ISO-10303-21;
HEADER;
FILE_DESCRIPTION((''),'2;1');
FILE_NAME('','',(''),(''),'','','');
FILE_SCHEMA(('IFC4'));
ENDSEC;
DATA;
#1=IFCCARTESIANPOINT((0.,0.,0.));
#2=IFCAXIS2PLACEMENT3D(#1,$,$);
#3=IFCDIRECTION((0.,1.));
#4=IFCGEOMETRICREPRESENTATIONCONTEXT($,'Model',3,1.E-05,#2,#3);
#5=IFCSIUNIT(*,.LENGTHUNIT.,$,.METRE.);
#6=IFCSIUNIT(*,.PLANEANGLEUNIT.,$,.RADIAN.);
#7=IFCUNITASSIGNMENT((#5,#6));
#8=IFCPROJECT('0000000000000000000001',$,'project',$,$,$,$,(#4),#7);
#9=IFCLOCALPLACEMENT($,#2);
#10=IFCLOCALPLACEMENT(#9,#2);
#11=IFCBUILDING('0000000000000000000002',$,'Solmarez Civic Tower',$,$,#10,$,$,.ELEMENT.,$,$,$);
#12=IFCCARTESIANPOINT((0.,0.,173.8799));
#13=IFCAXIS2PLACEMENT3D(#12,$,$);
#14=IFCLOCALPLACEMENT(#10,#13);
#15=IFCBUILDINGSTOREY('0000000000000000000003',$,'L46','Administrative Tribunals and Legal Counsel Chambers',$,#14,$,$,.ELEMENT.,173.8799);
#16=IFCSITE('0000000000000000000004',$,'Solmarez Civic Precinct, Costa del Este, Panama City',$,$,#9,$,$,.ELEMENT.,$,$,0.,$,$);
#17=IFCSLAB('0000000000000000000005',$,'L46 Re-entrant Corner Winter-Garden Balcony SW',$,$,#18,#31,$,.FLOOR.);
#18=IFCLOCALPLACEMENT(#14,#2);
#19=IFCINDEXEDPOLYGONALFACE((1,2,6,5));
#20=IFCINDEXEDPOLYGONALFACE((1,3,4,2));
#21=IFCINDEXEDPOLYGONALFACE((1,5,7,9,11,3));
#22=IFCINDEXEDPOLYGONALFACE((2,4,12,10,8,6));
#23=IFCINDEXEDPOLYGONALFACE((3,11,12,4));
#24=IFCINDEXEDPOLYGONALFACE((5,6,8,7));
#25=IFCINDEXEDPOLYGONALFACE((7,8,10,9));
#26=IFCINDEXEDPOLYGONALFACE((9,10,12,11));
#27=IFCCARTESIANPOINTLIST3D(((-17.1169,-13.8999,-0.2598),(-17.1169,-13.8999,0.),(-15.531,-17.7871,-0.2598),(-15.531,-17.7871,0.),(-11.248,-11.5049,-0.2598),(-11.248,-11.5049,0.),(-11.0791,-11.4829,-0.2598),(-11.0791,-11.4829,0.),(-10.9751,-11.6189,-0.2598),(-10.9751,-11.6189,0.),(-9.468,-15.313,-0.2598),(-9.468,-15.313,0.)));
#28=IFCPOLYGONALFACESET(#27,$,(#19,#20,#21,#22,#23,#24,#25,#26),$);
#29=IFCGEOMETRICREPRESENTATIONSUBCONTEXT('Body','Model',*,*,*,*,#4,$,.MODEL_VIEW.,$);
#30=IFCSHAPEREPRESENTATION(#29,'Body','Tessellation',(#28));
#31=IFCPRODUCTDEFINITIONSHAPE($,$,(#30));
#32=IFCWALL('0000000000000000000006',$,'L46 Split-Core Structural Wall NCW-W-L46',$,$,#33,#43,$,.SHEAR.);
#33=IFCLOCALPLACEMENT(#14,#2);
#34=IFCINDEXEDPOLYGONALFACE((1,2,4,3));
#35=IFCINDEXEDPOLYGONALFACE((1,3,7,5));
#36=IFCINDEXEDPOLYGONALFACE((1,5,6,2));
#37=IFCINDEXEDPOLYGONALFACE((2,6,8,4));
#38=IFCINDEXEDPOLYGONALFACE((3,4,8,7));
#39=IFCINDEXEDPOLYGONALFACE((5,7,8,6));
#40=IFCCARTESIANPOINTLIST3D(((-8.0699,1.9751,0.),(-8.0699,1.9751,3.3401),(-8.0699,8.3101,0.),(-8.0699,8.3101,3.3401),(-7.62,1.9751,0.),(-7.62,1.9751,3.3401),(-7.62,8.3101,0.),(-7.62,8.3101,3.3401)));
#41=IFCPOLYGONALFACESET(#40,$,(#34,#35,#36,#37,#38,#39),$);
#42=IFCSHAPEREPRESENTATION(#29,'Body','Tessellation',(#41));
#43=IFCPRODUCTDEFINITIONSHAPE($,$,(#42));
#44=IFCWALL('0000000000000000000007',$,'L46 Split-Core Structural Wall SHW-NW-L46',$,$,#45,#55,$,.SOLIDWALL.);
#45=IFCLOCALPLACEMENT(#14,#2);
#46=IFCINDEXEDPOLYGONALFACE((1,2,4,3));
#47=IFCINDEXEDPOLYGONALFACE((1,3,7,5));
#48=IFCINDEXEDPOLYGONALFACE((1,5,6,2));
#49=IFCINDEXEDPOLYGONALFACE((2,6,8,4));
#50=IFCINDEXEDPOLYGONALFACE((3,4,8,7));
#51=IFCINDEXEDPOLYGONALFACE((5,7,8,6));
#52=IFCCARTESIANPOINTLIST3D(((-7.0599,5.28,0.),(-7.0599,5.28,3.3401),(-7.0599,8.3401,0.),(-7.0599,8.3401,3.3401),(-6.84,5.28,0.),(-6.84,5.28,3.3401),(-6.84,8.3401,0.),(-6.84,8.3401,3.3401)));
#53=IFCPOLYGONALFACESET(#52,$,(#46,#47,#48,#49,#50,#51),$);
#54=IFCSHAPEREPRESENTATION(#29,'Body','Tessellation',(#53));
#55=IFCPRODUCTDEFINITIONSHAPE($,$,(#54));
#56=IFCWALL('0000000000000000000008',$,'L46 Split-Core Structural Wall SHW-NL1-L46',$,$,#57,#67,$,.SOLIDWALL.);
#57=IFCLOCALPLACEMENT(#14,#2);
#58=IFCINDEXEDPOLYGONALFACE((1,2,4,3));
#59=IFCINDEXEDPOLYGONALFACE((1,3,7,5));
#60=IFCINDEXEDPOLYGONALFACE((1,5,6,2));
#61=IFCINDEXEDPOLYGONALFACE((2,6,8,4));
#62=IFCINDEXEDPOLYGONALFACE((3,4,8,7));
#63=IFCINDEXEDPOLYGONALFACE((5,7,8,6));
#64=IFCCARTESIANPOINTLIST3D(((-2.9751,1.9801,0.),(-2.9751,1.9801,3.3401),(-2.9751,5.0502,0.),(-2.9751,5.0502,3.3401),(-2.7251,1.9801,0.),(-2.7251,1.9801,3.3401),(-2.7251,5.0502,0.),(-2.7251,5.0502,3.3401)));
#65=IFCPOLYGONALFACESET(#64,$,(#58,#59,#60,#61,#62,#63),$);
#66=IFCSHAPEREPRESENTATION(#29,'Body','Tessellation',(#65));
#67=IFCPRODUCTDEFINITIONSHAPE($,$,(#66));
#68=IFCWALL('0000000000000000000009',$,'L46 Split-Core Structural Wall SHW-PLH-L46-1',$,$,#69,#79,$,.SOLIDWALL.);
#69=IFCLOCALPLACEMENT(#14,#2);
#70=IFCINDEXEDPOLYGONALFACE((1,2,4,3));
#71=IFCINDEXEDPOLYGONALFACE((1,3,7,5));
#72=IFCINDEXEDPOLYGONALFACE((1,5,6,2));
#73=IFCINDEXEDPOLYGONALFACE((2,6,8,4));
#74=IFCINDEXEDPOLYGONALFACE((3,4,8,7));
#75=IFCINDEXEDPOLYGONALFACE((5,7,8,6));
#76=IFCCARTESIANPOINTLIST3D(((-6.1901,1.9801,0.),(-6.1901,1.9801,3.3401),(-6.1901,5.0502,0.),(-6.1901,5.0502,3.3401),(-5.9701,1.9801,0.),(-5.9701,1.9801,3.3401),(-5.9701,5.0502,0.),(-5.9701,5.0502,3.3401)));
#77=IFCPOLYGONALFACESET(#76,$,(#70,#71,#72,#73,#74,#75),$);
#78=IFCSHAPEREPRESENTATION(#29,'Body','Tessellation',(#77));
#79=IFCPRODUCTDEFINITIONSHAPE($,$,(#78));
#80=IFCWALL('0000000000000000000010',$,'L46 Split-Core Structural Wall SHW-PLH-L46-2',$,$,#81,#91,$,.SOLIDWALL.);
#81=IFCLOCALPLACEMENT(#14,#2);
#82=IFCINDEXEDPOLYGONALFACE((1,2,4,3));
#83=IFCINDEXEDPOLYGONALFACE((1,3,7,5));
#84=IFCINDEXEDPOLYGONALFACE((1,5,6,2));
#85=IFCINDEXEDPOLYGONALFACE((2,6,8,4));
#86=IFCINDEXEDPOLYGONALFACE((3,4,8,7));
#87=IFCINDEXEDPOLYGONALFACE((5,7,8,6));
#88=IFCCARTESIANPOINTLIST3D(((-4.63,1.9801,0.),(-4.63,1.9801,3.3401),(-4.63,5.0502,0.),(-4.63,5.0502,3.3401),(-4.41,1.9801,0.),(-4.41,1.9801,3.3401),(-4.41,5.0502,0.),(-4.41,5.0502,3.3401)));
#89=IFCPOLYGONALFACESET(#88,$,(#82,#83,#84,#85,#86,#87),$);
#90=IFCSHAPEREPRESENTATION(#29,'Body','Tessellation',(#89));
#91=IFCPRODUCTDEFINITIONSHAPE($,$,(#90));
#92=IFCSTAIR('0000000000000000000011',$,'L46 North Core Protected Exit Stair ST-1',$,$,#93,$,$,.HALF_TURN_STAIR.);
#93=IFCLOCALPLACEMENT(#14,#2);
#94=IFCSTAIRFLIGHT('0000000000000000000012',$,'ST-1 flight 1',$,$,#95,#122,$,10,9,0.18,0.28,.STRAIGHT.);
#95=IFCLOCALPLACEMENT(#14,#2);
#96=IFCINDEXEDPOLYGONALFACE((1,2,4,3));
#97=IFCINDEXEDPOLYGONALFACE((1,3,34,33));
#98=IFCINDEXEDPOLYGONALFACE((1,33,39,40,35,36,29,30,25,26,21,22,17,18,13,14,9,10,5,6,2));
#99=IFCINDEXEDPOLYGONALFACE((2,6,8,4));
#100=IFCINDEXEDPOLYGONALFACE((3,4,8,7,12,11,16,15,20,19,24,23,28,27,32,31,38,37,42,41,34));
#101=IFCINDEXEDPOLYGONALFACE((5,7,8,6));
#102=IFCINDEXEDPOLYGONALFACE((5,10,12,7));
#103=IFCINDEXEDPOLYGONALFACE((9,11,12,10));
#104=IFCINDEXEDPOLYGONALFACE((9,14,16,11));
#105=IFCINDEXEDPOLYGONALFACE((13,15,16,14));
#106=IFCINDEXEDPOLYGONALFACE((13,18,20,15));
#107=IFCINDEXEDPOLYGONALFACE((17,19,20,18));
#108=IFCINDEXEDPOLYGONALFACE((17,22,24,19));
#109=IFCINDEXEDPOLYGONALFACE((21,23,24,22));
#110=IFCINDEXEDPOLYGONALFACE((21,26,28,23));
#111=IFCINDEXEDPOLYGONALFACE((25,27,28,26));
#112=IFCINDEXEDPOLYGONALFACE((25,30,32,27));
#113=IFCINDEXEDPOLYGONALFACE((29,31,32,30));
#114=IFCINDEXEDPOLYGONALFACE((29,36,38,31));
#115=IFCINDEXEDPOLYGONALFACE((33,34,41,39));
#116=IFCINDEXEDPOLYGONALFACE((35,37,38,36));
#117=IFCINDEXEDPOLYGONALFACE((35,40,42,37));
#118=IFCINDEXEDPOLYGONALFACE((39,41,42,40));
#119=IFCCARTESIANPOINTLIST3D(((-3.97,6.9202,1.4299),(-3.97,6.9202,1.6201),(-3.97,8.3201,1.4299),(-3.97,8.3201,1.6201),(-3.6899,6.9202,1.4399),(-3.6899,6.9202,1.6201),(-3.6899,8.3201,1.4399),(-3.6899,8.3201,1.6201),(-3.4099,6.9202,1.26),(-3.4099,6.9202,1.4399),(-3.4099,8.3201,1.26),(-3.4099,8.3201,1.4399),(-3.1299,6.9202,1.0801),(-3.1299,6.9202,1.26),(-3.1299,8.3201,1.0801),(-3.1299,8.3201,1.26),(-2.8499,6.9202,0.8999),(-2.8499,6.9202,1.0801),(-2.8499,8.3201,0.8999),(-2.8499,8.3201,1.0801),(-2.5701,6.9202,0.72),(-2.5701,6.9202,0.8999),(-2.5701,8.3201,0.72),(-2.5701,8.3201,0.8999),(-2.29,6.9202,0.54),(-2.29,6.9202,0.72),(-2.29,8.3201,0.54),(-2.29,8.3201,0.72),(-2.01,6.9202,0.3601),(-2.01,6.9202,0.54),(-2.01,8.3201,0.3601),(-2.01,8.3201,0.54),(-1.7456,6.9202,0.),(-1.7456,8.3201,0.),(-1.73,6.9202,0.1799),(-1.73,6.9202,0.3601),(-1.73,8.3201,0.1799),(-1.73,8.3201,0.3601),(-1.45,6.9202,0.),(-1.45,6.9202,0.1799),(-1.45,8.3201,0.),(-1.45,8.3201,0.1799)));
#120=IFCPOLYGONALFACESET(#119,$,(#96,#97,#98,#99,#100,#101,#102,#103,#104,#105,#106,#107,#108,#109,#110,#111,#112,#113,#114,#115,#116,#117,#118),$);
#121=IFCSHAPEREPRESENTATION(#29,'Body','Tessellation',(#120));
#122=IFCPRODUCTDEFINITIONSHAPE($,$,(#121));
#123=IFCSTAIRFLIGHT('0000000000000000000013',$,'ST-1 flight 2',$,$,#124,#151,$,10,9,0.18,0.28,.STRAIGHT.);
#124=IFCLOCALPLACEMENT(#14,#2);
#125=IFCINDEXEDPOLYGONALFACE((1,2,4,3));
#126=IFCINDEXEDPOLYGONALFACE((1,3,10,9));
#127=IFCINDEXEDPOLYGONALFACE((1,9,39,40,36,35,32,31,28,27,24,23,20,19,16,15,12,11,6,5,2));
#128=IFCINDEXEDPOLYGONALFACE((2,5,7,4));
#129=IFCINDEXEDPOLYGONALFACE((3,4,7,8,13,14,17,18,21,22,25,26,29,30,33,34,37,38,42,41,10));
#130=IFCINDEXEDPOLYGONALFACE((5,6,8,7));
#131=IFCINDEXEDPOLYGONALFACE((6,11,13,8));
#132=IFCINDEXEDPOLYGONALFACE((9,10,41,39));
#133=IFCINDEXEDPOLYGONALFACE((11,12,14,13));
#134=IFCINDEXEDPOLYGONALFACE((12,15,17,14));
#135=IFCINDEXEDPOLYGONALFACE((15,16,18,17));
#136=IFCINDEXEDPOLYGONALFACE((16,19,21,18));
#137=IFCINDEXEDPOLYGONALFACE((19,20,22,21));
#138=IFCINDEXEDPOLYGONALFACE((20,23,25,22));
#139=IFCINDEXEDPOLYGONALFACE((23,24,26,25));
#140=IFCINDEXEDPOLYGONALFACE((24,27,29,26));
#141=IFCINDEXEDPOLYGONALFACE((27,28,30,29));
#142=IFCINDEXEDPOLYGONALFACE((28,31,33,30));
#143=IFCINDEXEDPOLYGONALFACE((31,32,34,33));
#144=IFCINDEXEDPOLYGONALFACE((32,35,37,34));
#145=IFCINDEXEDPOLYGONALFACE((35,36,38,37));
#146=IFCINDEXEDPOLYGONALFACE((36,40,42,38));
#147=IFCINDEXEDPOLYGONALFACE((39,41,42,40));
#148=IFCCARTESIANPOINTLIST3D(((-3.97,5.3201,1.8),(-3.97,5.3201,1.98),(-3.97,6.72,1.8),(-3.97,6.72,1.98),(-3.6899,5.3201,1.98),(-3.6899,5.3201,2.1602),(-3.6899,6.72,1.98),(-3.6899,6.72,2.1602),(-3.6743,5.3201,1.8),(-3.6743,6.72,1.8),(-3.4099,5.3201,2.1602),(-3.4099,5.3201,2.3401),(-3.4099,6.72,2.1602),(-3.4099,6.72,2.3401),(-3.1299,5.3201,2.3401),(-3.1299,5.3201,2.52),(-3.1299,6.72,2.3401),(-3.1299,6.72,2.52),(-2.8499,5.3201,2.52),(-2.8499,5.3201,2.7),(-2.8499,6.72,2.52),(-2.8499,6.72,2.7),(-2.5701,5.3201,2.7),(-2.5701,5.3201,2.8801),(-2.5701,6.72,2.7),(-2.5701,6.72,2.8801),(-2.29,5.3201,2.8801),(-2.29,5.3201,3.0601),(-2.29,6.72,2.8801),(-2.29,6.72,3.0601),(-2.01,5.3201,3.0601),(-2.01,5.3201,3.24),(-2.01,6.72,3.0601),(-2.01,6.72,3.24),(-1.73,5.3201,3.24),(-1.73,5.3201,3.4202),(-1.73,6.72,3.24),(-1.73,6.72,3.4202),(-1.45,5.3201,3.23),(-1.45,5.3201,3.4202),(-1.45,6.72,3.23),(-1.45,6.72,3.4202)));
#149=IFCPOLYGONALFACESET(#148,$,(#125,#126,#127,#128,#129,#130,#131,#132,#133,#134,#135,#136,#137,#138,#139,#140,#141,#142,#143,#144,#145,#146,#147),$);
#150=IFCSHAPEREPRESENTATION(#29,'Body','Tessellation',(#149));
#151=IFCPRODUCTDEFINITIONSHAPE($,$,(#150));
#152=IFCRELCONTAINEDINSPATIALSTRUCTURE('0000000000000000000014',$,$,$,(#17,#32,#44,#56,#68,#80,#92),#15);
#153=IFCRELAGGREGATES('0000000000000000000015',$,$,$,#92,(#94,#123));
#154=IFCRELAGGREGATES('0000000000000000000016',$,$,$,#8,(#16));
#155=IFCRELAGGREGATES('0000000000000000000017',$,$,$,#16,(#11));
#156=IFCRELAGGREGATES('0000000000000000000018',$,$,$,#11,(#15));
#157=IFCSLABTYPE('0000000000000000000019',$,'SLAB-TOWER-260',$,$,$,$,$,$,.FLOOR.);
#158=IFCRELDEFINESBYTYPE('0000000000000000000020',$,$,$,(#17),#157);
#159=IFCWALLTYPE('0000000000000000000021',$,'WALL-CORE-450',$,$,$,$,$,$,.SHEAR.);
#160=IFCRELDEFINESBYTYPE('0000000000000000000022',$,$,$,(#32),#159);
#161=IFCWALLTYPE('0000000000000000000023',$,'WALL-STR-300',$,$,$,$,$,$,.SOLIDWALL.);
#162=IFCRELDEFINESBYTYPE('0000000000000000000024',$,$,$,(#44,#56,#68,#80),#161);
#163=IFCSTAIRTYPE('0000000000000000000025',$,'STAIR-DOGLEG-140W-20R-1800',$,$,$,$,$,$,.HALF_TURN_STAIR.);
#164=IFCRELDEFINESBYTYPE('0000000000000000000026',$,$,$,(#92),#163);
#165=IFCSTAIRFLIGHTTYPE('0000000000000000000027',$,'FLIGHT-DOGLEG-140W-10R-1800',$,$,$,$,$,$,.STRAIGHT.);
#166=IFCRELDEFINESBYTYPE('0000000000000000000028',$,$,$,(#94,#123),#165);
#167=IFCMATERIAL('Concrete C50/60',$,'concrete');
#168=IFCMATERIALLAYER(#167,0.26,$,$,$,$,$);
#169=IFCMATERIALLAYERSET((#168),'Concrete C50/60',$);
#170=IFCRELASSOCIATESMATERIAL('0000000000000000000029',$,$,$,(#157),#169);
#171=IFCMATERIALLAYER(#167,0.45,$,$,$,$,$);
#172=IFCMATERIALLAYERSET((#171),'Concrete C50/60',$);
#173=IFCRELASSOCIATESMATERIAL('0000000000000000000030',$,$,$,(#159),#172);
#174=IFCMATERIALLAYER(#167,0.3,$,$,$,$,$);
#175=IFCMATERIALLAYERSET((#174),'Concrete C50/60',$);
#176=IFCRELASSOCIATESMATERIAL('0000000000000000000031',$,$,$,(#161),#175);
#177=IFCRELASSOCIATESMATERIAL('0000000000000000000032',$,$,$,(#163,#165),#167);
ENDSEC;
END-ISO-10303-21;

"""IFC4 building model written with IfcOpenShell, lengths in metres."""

from ifc_helpers import new_model, si_unit, direction, frame, frame_2d, origin, place, context, subcontext, project, spatial, polyline, rectangle, outline, extrude, material, layer, layer_set, type_object, element, aggregate, save


model = new_model("IFC4")

# Units and contexts
model_context = context("Model", 3, precision=1e-05, world=origin(), true_north=direction((0.0, 1.0)))
body_context = subcontext(model_context, "Body", "Model", "MODEL_VIEW")
ifc_project = project(units=[si_unit("LENGTHUNIT", "METRE"), si_unit("PLANEANGLEUNIT", "RADIAN")], contexts=[model_context])

# Site, building, storey
site_placement = place(None, origin())
site = spatial("IfcSite", under=ifc_project, at=site_placement, Name="Solmarez Civic Precinct, Costa del Este, Panama City", CompositionType="ELEMENT", RefElevation=0.0)
building_placement = place(site_placement, origin())
building = spatial("IfcBuilding", under=site, at=building_placement, Name="Solmarez Civic Tower", CompositionType="ELEMENT")
storey_placement = place(building_placement, frame((0.0, 0.0, 173.8799)))
storey = spatial("IfcBuildingStorey", under=building, at=storey_placement, Name="L46", Description="Administrative Tribunals and Legal Counsel Chambers", CompositionType="ELEMENT", Elevation=173.8799)

# Shared definitions
ifc_material_1 = material(Name="Concrete C50/60", Category="concrete")

# Slab
ifc_layer_1 = layer(ifc_material_1, 0.26)
ifc_layer_set_1 = layer_set([ifc_layer_1], Name="Concrete C50/60")
slab_type = type_object("IfcSlabType", Name="SLAB-TOWER-260", PredefinedType="FLOOR", material=ifc_layer_set_1)
slab_1_placement = place(storey_placement, frame((0.0, 0.0, -0.2598)))
element("IfcSlab", 1, at=slab_1_placement, inside=storey, type_object=slab_type, Name="L46 Re-entrant Corner Winter-Garden Balcony SW", PredefinedType="FLOOR", context=body_context, shape_type="SweptSolid", body=[
    extrude(outline(polyline([(-9.468, -15.313), (-10.9751, -11.6189), (-11.0791, -11.4829), (-11.248, -11.5049), (-17.1169, -13.8999), (-15.531, -17.7871), (-9.468, -15.313)])), origin(), (0.0, 0.0, 1.0), 0.2598),
])

# Walls
ifc_layer_2 = layer(ifc_material_1, 0.45)
ifc_layer_set_2 = layer_set([ifc_layer_2], Name="Concrete C50/60")
wall_type_1 = type_object("IfcWallType", Name="WALL-CORE-450", PredefinedType="SHEAR", material=ifc_layer_set_2)
wall_1_placement = place(storey_placement, frame((-7.845, 1.9751, 0.0), z_axis=(0.0, 0.0, 1.0), x_axis=(0.0, 1.0, 0.0)))
element("IfcWall", 2, at=wall_1_placement, inside=storey, type_object=wall_type_1, Name="L46 Split-Core Structural Wall NCW-W-L46", PredefinedType="SHEAR", context=body_context, shape_type="SweptSolid", body=[
    extrude(rectangle(XDim=6.335, YDim=0.45, at=frame_2d((3.1675, 0.0))), origin(), (0.0, 0.0, 1.0), 3.3401),
])
ifc_layer_3 = layer(ifc_material_1, 0.3)
ifc_layer_set_3 = layer_set([ifc_layer_3], Name="Concrete C50/60")
wall_type_2 = type_object("IfcWallType", Name="WALL-STR-300", PredefinedType="SOLIDWALL", material=ifc_layer_set_3)
wall_2_placement = place(storey_placement, frame((-6.95, 5.28, 0.0), z_axis=(0.0, 0.0, 1.0), x_axis=(0.0, 1.0, 0.0)))
element("IfcWall", 3, at=wall_2_placement, inside=storey, type_object=wall_type_2, Name="L46 Split-Core Structural Wall SHW-NW-L46", PredefinedType="SOLIDWALL", context=body_context, shape_type="SweptSolid", body=[
    extrude(rectangle(XDim=3.0601, YDim=0.22, at=frame_2d((1.53, 0.0))), origin(), (0.0, 0.0, 1.0), 3.3401),
])
wall_3_placement = place(storey_placement, frame((-2.8501, 1.98, 0.0), z_axis=(0.0, 0.0, 1.0), x_axis=(0.0, 1.0, 0.0)))
element("IfcWall", 4, at=wall_3_placement, inside=storey, type_object=wall_type_2, Name="L46 Split-Core Structural Wall SHW-NL1-L46", PredefinedType="SOLIDWALL", context=body_context, shape_type="SweptSolid", body=[
    extrude(rectangle(XDim=3.0701, YDim=0.25, at=frame_2d((1.5352, 0.0))), origin(), (0.0, 0.0, 1.0), 3.3401),
])
for number, where, z_axis, x_axis, name in (
    (5, (-6.0801, 1.98, 0.0), (0.0, 0.0, 1.0), (0.0, 1.0, 0.0), "L46 Split-Core Structural Wall SHW-PLH-L46-1"),
    (6, (-4.52, 1.98, 0.0), (0.0, 0.0, 1.0), (0.0, 1.0, 0.0), "L46 Split-Core Structural Wall SHW-PLH-L46-2"),
):
    element("IfcWall", number, at=place(storey_placement, frame(where, z_axis=z_axis, x_axis=x_axis)), inside=storey, type_object=wall_type_2, Name=name, PredefinedType="SOLIDWALL", context=body_context, shape_type="SweptSolid", body=[
        extrude(rectangle(XDim=3.0701, YDim=0.22, at=frame_2d((1.5352, 0.0))), origin(), (0.0, 0.0, 1.0), 3.3401),
    ])

# Stair, stair flights
stair_type = type_object("IfcStairType", Name="STAIR-DOGLEG-140W-20R-1800", PredefinedType="HALF_TURN_STAIR", material=ifc_material_1)
stair_placement = place(storey_placement, origin())
stair = element("IfcStair", 7, at=stair_placement, inside=storey, type_object=stair_type, Name="L46 North Core Protected Exit Stair ST-1", PredefinedType="HALF_TURN_STAIR")
stair_flight_type = type_object("IfcStairFlightType", Name="FLIGHT-DOGLEG-140W-10R-1800", PredefinedType="STRAIGHT", material=ifc_material_1)
stair_flight_1_placement = place(storey_placement, frame((-1.45, 7.6201, 0.0), z_axis=(0.0, 0.0, 1.0), x_axis=(-1.0, 0.0, 0.0)))
stair_flight_1 = element("IfcStairFlight", 8, at=stair_flight_1_placement, type_object=stair_flight_type, Name="ST-1 flight 1", NumberOfRisers=10, NumberOfTreads=9, PredefinedType="STRAIGHT", RiserHeight=0.18, TreadLength=0.28, context=body_context, shape_type="SweptSolid", body=[
    extrude(outline(polyline([(0.0, 0.0), (0.0, 0.1799), (0.28, 0.1799), (0.28, 0.3601), (0.5601, 0.3601), (0.5601, 0.54), (0.8401, 0.54), (0.8401, 0.72), (1.1201, 0.72), (1.1201, 0.8999), (1.3999, 0.8999), (1.3999, 1.0801), (1.6799, 1.0801), (1.6799, 1.26), (1.96, 1.26), (1.96, 1.4399), (2.24, 1.4399), (2.24, 1.6201), (2.52, 1.6201), (2.52, 1.8), (2.52, 1.4299), (0.2957, 0.0), (0.0, 0.0)])), frame((0.0, 0.7, 0.0), z_axis=(0.0, -1.0, 0.0), x_axis=(1.0, 0.0, 0.0)), (0.0, 0.0, 1.0), 1.3999),
])
stair_flight_2_placement = place(storey_placement, frame((-3.97, 6.02, 1.8), z_axis=(0.0, 0.0, 1.0), x_axis=(1.0, 0.0, 0.0)))
stair_flight_2 = element("IfcStairFlight", 9, at=stair_flight_2_placement, type_object=stair_flight_type, Name="ST-1 flight 2", NumberOfRisers=10, NumberOfTreads=9, PredefinedType="STRAIGHT", RiserHeight=0.18, TreadLength=0.28, context=body_context, shape_type="SweptSolid", body=[
    extrude(outline(polyline([(0.0, 0.0), (0.0, 0.1799), (0.28, 0.1799), (0.28, 0.3601), (0.5601, 0.3601), (0.5601, 0.54), (0.8401, 0.54), (0.8401, 0.72), (1.1201, 0.72), (1.1201, 0.8999), (1.3999, 0.8999), (1.3999, 1.0801), (1.6799, 1.0801), (1.6799, 1.26), (1.96, 1.26), (1.96, 1.4399), (2.24, 1.4399), (2.24, 1.6201), (2.52, 1.6201), (2.52, 1.8), (2.52, 1.4299), (0.2957, 0.0), (0.0, 0.0)])), frame((0.0, 0.7, 0.0), z_axis=(0.0, -1.0, 0.0), x_axis=(1.0, 0.0, 0.0)), (0.0, 0.0, 1.0), 1.3999),
])
aggregate(stair, [stair_flight_1, stair_flight_2])

save(model, "model.ifc")
